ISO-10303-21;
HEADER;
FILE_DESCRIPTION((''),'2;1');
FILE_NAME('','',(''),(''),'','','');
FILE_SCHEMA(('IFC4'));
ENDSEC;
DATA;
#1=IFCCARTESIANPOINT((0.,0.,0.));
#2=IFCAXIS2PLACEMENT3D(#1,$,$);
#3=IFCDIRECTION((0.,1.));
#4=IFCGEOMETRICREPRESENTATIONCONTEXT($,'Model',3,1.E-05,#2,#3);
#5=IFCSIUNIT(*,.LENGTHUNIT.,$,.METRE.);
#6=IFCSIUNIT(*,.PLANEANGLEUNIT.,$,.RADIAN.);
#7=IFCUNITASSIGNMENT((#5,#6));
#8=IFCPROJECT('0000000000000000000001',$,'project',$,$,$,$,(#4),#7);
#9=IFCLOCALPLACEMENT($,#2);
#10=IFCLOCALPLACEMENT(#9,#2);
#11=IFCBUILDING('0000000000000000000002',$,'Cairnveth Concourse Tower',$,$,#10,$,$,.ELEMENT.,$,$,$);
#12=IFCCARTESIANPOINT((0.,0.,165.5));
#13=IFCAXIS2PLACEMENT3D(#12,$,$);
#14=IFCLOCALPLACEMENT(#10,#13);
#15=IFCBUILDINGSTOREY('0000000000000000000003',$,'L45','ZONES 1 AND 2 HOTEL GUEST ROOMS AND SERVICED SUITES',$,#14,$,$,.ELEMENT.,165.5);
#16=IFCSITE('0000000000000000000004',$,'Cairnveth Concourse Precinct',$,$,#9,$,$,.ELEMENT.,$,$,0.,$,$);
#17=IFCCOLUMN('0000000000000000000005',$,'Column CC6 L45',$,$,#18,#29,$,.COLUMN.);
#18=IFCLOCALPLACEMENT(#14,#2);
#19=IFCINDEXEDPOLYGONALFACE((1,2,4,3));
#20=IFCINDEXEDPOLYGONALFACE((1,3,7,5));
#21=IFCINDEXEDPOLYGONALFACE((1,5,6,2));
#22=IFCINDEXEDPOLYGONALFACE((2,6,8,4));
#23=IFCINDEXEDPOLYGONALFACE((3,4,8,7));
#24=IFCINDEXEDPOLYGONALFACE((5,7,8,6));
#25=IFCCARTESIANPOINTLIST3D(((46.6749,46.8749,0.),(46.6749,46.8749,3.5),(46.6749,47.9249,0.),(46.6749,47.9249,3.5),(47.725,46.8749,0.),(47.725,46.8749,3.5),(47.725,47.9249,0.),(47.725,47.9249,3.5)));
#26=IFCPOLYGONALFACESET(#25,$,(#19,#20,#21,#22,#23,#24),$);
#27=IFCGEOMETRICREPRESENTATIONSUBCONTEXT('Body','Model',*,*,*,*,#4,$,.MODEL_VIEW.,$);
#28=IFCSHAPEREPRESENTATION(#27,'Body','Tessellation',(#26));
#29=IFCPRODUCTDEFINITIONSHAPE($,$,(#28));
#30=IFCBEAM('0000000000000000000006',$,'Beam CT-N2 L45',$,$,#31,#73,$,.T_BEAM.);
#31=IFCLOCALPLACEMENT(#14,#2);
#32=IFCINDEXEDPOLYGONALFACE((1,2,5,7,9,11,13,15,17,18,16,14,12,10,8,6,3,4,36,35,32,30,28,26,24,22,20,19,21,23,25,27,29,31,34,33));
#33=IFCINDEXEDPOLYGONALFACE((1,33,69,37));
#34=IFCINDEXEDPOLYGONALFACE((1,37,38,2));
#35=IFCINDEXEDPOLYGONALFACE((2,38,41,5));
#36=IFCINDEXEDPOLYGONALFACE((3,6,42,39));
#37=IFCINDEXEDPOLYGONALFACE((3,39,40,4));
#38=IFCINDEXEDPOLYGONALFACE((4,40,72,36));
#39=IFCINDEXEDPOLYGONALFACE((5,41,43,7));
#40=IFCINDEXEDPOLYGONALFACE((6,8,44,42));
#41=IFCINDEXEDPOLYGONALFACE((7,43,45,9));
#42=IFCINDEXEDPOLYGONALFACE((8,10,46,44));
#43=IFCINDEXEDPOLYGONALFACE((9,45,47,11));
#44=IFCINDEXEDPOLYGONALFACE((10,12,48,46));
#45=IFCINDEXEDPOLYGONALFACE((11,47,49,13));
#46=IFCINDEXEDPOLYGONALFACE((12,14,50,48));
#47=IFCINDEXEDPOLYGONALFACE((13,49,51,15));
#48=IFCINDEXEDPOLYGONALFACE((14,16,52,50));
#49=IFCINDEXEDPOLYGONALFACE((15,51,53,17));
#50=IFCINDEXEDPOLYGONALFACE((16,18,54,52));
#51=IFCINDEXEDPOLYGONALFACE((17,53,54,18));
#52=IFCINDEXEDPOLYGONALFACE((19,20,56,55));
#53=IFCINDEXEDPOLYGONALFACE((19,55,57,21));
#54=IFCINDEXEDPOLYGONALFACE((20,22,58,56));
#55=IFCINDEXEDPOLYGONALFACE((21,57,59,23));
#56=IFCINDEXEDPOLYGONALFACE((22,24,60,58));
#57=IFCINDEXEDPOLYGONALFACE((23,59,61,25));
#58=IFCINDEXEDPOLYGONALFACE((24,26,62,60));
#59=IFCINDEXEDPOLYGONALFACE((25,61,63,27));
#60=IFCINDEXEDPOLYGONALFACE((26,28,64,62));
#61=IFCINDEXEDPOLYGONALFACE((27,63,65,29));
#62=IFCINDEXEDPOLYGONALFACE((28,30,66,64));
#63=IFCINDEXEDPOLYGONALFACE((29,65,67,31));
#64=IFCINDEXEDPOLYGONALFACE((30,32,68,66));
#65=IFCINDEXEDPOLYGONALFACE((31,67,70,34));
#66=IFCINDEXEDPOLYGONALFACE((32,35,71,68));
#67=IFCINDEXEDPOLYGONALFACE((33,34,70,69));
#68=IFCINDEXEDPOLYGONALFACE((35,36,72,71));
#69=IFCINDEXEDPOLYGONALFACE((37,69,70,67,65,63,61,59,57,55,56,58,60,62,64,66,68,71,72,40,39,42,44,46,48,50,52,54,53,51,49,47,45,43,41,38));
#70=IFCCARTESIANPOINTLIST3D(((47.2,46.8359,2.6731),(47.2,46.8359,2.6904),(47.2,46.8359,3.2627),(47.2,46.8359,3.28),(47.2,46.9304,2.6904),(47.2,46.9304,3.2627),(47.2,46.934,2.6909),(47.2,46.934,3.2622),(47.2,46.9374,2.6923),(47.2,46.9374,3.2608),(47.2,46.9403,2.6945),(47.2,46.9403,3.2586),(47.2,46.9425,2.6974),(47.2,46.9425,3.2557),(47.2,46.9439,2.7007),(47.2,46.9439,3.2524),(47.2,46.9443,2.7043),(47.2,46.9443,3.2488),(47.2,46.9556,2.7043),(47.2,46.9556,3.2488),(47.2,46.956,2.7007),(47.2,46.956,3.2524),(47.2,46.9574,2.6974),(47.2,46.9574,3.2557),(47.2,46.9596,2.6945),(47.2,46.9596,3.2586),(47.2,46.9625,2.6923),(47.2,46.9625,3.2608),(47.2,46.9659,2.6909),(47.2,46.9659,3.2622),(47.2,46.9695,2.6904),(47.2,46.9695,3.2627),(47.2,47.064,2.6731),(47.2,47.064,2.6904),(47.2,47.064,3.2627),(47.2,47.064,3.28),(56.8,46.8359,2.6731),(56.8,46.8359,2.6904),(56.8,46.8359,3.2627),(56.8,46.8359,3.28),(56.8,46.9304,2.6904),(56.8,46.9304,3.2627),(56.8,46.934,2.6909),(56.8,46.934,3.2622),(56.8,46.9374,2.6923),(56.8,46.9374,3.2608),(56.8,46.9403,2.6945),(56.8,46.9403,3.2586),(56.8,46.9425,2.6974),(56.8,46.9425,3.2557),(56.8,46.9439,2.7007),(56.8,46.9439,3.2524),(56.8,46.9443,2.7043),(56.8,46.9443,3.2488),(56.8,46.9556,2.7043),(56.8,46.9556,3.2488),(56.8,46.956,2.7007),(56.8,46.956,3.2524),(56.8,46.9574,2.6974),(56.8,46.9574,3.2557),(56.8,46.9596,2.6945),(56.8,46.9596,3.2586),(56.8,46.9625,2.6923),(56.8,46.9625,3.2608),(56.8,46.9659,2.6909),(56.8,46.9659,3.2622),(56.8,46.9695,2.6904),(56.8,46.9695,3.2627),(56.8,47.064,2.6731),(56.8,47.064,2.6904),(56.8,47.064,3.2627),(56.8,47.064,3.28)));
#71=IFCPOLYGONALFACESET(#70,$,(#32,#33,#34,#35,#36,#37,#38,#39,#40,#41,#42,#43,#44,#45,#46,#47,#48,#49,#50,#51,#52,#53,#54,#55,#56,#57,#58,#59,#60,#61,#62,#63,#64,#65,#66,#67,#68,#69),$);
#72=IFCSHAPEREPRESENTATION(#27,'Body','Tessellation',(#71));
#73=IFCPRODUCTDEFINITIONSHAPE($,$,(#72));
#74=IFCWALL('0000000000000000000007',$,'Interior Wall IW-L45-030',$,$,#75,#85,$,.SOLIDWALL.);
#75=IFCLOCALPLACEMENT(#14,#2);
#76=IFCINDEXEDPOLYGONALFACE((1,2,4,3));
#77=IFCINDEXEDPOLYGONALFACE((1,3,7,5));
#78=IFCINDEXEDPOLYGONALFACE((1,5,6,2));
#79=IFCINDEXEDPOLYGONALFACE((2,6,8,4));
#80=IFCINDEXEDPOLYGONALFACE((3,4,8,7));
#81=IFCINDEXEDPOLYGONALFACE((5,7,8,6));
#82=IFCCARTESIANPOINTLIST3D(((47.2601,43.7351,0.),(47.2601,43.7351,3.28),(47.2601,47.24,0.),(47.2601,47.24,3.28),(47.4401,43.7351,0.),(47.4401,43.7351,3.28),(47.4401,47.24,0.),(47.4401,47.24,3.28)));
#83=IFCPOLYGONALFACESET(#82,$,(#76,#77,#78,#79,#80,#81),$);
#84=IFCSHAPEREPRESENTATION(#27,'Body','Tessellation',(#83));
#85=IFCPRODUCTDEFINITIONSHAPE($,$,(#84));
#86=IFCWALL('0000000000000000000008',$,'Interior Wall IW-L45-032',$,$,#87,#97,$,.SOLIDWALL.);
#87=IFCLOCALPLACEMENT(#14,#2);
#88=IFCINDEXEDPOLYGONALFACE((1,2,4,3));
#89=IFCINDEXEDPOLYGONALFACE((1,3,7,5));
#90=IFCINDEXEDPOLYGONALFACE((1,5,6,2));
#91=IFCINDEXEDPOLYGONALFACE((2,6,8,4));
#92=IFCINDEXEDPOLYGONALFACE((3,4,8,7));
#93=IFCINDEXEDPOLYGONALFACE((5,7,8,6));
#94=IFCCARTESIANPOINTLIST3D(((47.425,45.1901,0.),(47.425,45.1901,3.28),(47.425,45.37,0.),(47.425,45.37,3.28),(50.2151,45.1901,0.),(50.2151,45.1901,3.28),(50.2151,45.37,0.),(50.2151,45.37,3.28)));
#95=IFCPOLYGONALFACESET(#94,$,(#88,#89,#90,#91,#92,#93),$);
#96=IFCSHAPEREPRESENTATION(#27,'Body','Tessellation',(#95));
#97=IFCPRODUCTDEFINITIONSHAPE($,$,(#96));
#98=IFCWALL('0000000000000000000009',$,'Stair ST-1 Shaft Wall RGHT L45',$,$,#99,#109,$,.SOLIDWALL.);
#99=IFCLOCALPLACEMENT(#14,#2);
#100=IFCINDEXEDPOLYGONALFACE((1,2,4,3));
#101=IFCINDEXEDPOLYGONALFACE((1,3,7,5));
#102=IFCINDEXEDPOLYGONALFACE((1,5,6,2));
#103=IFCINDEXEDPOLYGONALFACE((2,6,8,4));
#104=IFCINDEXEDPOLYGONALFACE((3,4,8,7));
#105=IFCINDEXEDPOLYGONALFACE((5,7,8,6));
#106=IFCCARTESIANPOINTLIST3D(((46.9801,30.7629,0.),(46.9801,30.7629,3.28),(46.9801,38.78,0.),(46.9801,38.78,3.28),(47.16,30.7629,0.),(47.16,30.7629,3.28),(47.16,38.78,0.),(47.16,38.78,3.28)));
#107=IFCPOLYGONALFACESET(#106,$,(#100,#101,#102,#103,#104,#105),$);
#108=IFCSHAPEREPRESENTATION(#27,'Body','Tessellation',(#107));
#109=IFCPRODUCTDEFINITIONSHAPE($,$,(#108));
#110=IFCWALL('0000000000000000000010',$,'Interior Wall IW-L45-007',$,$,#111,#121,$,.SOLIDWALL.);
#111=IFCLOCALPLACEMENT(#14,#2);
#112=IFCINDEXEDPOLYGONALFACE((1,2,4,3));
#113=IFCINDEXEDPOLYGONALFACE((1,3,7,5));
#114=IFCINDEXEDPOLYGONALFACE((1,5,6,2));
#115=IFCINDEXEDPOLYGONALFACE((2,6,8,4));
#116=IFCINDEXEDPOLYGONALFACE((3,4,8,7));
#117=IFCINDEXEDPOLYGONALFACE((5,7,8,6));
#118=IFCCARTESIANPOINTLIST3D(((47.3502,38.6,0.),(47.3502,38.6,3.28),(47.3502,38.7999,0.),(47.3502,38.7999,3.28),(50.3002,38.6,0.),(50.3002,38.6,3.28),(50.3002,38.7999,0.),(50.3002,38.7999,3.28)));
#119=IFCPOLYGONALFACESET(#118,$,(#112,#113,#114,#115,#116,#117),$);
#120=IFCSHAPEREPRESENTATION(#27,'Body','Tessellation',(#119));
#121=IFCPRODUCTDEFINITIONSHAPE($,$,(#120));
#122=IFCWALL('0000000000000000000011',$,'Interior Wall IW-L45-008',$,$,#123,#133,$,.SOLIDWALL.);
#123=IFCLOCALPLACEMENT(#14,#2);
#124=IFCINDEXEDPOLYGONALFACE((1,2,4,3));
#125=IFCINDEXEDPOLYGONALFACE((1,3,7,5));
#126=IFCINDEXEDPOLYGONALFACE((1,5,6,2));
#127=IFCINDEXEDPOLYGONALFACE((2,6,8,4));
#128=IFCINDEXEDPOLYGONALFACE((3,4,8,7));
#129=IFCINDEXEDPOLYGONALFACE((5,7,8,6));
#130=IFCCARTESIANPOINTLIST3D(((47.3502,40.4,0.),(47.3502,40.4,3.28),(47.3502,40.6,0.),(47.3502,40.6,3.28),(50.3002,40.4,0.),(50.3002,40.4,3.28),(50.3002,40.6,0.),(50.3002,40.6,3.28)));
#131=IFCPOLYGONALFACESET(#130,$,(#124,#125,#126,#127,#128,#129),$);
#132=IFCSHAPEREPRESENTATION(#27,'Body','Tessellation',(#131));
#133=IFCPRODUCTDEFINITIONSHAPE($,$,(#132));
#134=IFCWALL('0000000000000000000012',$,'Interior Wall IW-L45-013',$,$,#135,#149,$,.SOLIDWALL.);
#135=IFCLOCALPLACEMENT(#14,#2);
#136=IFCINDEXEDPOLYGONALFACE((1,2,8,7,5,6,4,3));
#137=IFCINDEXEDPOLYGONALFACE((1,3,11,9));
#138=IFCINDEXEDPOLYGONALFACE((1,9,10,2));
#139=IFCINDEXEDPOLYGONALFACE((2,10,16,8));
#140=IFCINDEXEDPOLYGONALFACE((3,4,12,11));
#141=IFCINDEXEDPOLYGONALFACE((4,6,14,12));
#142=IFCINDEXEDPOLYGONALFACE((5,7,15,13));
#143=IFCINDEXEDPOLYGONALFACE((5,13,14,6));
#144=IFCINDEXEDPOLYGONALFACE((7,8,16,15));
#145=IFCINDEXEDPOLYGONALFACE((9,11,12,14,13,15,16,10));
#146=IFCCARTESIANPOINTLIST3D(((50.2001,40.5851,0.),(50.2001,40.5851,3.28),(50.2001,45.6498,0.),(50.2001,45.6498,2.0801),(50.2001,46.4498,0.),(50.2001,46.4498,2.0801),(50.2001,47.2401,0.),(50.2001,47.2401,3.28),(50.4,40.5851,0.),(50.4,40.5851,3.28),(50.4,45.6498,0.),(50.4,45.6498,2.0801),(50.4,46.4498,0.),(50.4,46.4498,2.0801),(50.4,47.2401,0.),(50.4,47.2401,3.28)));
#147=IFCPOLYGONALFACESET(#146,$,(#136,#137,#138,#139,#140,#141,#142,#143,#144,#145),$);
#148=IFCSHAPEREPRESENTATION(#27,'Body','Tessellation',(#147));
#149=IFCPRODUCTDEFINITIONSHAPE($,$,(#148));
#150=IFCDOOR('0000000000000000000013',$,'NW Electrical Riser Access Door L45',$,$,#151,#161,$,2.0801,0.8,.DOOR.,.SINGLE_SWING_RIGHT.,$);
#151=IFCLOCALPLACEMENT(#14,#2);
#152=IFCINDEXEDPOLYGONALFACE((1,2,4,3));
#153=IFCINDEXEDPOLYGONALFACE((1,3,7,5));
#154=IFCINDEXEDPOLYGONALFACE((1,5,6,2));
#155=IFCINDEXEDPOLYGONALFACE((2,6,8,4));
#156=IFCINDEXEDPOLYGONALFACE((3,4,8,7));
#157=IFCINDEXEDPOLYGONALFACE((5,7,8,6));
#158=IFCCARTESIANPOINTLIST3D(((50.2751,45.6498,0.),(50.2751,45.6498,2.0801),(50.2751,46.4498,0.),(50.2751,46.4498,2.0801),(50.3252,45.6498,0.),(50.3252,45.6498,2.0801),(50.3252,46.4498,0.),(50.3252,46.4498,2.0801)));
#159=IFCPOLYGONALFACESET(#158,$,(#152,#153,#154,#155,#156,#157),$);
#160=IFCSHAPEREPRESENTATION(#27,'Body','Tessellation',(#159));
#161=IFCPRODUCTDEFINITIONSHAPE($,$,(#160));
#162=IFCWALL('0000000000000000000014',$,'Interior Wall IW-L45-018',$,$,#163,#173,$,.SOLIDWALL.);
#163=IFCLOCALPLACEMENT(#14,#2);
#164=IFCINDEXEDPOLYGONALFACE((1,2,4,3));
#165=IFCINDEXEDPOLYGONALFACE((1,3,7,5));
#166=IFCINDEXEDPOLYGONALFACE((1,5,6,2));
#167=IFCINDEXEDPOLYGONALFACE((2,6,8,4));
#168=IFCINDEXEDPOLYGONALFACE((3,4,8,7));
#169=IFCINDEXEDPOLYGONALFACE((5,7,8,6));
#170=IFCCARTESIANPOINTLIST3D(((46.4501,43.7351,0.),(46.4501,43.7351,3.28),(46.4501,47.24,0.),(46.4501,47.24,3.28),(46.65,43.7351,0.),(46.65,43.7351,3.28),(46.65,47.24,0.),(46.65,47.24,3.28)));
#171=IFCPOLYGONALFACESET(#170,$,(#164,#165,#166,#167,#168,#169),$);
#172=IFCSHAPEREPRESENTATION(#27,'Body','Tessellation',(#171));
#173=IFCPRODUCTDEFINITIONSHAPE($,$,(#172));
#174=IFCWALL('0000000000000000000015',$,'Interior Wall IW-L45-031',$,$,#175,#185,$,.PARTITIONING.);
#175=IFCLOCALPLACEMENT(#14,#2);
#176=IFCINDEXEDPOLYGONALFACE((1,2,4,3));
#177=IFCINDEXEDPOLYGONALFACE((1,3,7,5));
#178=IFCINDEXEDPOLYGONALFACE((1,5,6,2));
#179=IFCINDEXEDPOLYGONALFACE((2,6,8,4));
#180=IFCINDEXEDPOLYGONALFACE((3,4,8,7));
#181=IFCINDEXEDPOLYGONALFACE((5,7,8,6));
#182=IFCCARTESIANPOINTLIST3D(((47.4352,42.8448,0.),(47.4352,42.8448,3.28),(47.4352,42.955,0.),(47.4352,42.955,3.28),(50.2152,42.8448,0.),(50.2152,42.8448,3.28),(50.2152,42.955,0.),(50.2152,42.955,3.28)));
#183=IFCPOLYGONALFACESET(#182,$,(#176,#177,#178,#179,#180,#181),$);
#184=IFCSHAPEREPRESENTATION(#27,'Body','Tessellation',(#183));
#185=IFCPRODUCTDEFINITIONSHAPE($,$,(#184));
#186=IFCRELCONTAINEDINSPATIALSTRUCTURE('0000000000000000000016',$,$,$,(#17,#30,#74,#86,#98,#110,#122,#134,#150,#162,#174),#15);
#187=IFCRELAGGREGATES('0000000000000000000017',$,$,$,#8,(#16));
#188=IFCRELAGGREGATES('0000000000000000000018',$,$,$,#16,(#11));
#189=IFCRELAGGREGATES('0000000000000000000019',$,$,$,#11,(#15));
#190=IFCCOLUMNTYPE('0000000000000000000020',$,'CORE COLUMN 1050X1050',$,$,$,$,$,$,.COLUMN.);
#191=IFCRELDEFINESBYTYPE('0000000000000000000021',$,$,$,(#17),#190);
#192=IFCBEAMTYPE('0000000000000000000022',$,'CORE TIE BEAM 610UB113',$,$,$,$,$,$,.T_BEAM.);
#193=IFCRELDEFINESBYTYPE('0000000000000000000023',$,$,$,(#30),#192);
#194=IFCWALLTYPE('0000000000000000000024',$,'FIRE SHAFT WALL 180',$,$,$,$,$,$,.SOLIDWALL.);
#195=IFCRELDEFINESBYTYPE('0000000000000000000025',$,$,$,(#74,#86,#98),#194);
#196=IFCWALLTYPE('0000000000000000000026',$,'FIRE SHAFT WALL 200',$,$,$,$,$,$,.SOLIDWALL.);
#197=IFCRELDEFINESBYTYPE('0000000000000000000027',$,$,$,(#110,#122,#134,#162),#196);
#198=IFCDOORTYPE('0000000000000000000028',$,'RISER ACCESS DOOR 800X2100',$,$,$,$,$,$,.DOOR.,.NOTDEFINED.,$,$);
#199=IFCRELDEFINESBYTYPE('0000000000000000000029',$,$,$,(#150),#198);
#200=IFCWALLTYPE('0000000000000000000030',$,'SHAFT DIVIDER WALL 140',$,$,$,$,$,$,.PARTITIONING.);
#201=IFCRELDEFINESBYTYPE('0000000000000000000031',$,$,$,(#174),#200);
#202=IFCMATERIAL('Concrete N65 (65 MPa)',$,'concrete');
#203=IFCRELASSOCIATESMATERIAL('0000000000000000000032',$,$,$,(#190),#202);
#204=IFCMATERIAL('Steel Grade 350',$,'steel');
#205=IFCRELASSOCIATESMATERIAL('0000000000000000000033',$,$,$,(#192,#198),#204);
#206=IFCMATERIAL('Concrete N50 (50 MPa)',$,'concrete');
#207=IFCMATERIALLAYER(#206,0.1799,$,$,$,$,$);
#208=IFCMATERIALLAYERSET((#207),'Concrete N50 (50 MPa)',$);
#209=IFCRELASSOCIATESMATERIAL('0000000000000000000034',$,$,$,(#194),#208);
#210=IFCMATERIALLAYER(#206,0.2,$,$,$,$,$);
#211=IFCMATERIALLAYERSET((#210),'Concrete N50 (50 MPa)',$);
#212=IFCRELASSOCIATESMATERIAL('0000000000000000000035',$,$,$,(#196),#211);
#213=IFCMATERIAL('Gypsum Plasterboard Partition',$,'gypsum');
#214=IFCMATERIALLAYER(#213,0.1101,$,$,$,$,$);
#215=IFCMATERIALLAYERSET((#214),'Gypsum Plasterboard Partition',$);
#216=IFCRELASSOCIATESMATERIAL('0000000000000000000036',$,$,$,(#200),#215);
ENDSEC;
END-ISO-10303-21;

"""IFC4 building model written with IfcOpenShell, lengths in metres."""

from ifc_helpers import new_model, si_unit, direction, frame, frame_2d, origin, origin_2d, place, context, subcontext, project, spatial, rectangle, i_section, extrude, material, layer, layer_set, material_profile, profile_set, type_object, element, fill, save


model = new_model("IFC4")

# Units and contexts
model_context = context("Model", 3, precision=1e-05, world=origin(), true_north=direction((0.0, 1.0)))
body_context = subcontext(model_context, "Body", "Model", "MODEL_VIEW")
ifc_project = project(units=[si_unit("LENGTHUNIT", "METRE"), si_unit("PLANEANGLEUNIT", "RADIAN")], contexts=[model_context])

# Site, building, storey
site_placement = place(None, origin())
site = spatial("IfcSite", under=ifc_project, at=site_placement, Name="Cairnveth Concourse Precinct", CompositionType="ELEMENT", RefElevation=0.0)
building_placement = place(site_placement, origin())
building = spatial("IfcBuilding", under=site, at=building_placement, Name="Cairnveth Concourse Tower", CompositionType="ELEMENT")
storey_placement = place(building_placement, frame((0.0, 0.0, 165.5)))
storey = spatial("IfcBuildingStorey", under=building, at=storey_placement, Name="L45", Description="ZONES 1 AND 2 HOTEL GUEST ROOMS AND SERVICED SUITES", CompositionType="ELEMENT", Elevation=165.5)

# Column
ifc_material_1 = material(Name="Concrete N65 (65 MPa)", Category="concrete")
ifc_material_profile_1 = material_profile(ifc_material_1, rectangle(XDim=1.05, YDim=1.05, at=origin_2d()), Name="RC-COL-1050x1050")
ifc_profile_set_1 = profile_set([ifc_material_profile_1], Name="Concrete N65 (65 MPa)")
column_type = type_object("IfcColumnType", Name="CORE COLUMN 1050X1050", PredefinedType="COLUMN", material=ifc_profile_set_1)
column_placement = place(storey_placement, frame((47.2, 47.3999, 0.0), z_axis=(0.0, 0.0, 1.0), x_axis=(1.0, 0.0, 0.0)))
element("IfcColumn", 1, at=column_placement, inside=storey, type_object=column_type, Name="Column CC6 L45", PredefinedType="COLUMN", context=body_context, shape_type="SweptSolid", body=[
    extrude(rectangle(XDim=1.05, YDim=1.05, at=origin_2d()), origin(), (0.0, 0.0, 1.0), 3.5),
])

# Beam
ifc_material_2 = material(Name="Steel Grade 350", Category="steel")
ifc_material_profile_2 = material_profile(ifc_material_2, i_section(OverallWidth=0.228, OverallDepth=0.6069, WebThickness=0.0112, FlangeThickness=0.0173, FilletRadius=0.0139, at=origin_2d()), Name="610UB113")
ifc_profile_set_2 = profile_set([ifc_material_profile_2], Name="Steel Grade 350")
beam_type = type_object("IfcBeamType", Name="CORE TIE BEAM 610UB113", PredefinedType="T_BEAM", material=ifc_profile_set_2)
beam_placement = place(storey_placement, frame((47.2, 46.95, 2.9766), z_axis=(1.0, 0.0, 0.0), x_axis=(0.0, 1.0, 0.0)))
element("IfcBeam", 2, at=beam_placement, inside=storey, type_object=beam_type, Name="Beam CT-N2 L45", PredefinedType="T_BEAM", context=body_context, shape_type="SweptSolid", body=[
    extrude(i_section(OverallWidth=0.228, OverallDepth=0.6069, WebThickness=0.0112, FlangeThickness=0.0173, FilletRadius=0.0139, at=origin_2d()), origin(), (0.0, 0.0, 1.0), 9.6001),
])

# Walls
ifc_material_3 = material(Name="Concrete N50 (50 MPa)", Category="concrete")
ifc_layer_1 = layer(ifc_material_3, 0.1799)
ifc_layer_set_1 = layer_set([ifc_layer_1], Name="Concrete N50 (50 MPa)")
wall_type_1 = type_object("IfcWallType", Name="FIRE SHAFT WALL 180", PredefinedType="SOLIDWALL", material=ifc_layer_set_1)
wall_1_placement = place(storey_placement, frame((47.3501, 43.7351, 0.0), z_axis=(0.0, 0.0, 1.0), x_axis=(0.0, 1.0, 0.0)))
element("IfcWall", 3, at=wall_1_placement, inside=storey, type_object=wall_type_1, Name="Interior Wall IW-L45-030", PredefinedType="SOLIDWALL", context=body_context, shape_type="SweptSolid", body=[
    extrude(rectangle(XDim=3.5049, YDim=0.1799, at=frame_2d((1.7524, 0.0))), origin(), (0.0, 0.0, 1.0), 3.28),
])
wall_2_placement = place(storey_placement, frame((47.425, 45.28, 0.0), z_axis=(0.0, 0.0, 1.0), x_axis=(1.0, 0.0, 0.0)))
element("IfcWall", 4, at=wall_2_placement, inside=storey, type_object=wall_type_1, Name="Interior Wall IW-L45-032", PredefinedType="SOLIDWALL", context=body_context, shape_type="SweptSolid", body=[
    extrude(rectangle(XDim=2.79, YDim=0.1799, at=frame_2d((1.395, 0.0))), origin(), (0.0, 0.0, 1.0), 3.28),
])
wall_3_placement = place(storey_placement, frame((47.0701, 38.78, 0.0), z_axis=(0.0, 0.0, 1.0), x_axis=(0.0, -1.0, 0.0)))
element("IfcWall", 5, at=wall_3_placement, inside=storey, type_object=wall_type_1, Name="Stair ST-1 Shaft Wall RGHT L45", PredefinedType="SOLIDWALL", context=body_context, shape_type="SweptSolid", body=[
    extrude(rectangle(XDim=8.0171, YDim=0.1799, at=frame_2d((4.0085, 0.0))), origin(), (0.0, 0.0, 1.0), 3.28),
])
ifc_layer_2 = layer(ifc_material_3, 0.2)
ifc_layer_set_2 = layer_set([ifc_layer_2], Name="Concrete N50 (50 MPa)")
wall_type_2 = type_object("IfcWallType", Name="FIRE SHAFT WALL 200", PredefinedType="SOLIDWALL", material=ifc_layer_set_2)
for number, where, z_axis, x_axis, name in (
    (6, (47.3501, 38.7, 0.0), (0.0, 0.0, 1.0), (1.0, 0.0, 0.0), "Interior Wall IW-L45-007"),
    (7, (47.3501, 40.5, 0.0), (0.0, 0.0, 1.0), (1.0, 0.0, 0.0), "Interior Wall IW-L45-008"),
):
    element("IfcWall", number, at=place(storey_placement, frame(where, z_axis=z_axis, x_axis=x_axis)), inside=storey, type_object=wall_type_2, Name=name, PredefinedType="SOLIDWALL", context=body_context, shape_type="SweptSolid", body=[
        extrude(rectangle(XDim=2.95, YDim=0.2, at=frame_2d((1.4751, 0.0))), origin(), (0.0, 0.0, 1.0), 3.28),
    ])

# Wall, opening, door
wall_4_placement = place(storey_placement, frame((50.3, 40.585, 0.0), z_axis=(0.0, 0.0, 1.0), x_axis=(0.0, 1.0, 0.0)))
wall_4 = element("IfcWall", 8, at=wall_4_placement, inside=storey, type_object=wall_type_2, Name="Interior Wall IW-L45-013", PredefinedType="SOLIDWALL", context=body_context, shape_type="SweptSolid", body=[
    extrude(rectangle(XDim=6.655, YDim=0.2, at=frame_2d((3.3276, 0.0))), origin(), (0.0, 0.0, 1.0), 3.28),
])
opening_1_placement = place(wall_4_placement, frame((5.0649, 0.0, 0.0)))
opening_1 = element("IfcOpeningElement", 9, at=opening_1_placement, cuts=wall_4, PredefinedType="OPENING", context=body_context, shape_type="SweptSolid", body=[
    extrude(rectangle(XDim=0.8, YDim=2.0801, at=frame_2d((0.3999, 1.04))), frame((0.0, 0.1099, 0.0), z_axis=(0.0, -1.0, 0.0), x_axis=(1.0, 0.0, 0.0)), (0.0, 0.0, 1.0), 0.22),
])
door_type_1 = type_object("IfcDoorType", Name="RISER ACCESS DOOR 800X2100", OperationType="NOTDEFINED", PredefinedType="DOOR", material=ifc_material_2)
door_1_placement = place(opening_1_placement, origin())
door_1 = element("IfcDoor", 10, at=door_1_placement, inside=storey, type_object=door_type_1, Name="NW Electrical Riser Access Door L45", OperationType="SINGLE_SWING_RIGHT", OverallHeight=2.0801, OverallWidth=0.8, PredefinedType="DOOR", context=body_context, shape_type="SweptSolid", body=[
    extrude(rectangle(XDim=0.8, YDim=2.0801, at=frame_2d((0.3999, 1.04))), frame((0.0, 0.0249, 0.0), z_axis=(0.0, -1.0, 0.0), x_axis=(1.0, 0.0, 0.0)), (0.0, 0.0, 1.0), 0.05),
])
fill(opening_1, door_1)

# Walls
wall_5_placement = place(storey_placement, frame((46.55, 43.7351, 0.0), z_axis=(0.0, 0.0, 1.0), x_axis=(0.0, 1.0, 0.0)))
element("IfcWall", 11, at=wall_5_placement, inside=storey, type_object=wall_type_2, Name="Interior Wall IW-L45-018", PredefinedType="SOLIDWALL", context=body_context, shape_type="SweptSolid", body=[
    extrude(rectangle(XDim=3.5049, YDim=0.2, at=frame_2d((1.7524, 0.0))), origin(), (0.0, 0.0, 1.0), 3.28),
])
ifc_material_4 = material(Name="Gypsum Plasterboard Partition", Category="gypsum")
ifc_layer_3 = layer(ifc_material_4, 0.1101)
ifc_layer_set_3 = layer_set([ifc_layer_3], Name="Gypsum Plasterboard Partition")
wall_type_3 = type_object("IfcWallType", Name="SHAFT DIVIDER WALL 140", PredefinedType="PARTITIONING", material=ifc_layer_set_3)
wall_6_placement = place(storey_placement, frame((47.4351, 42.8999, 0.0), z_axis=(0.0, 0.0, 1.0), x_axis=(1.0, 0.0, 0.0)))
element("IfcWall", 12, at=wall_6_placement, inside=storey, type_object=wall_type_3, Name="Interior Wall IW-L45-031", PredefinedType="PARTITIONING", context=body_context, shape_type="SweptSolid", body=[
    extrude(rectangle(XDim=2.78, YDim=0.1101, at=frame_2d((1.3901, 0.0))), origin(), (0.0, 0.0, 1.0), 3.28),
])

save(model, "model.ifc")
